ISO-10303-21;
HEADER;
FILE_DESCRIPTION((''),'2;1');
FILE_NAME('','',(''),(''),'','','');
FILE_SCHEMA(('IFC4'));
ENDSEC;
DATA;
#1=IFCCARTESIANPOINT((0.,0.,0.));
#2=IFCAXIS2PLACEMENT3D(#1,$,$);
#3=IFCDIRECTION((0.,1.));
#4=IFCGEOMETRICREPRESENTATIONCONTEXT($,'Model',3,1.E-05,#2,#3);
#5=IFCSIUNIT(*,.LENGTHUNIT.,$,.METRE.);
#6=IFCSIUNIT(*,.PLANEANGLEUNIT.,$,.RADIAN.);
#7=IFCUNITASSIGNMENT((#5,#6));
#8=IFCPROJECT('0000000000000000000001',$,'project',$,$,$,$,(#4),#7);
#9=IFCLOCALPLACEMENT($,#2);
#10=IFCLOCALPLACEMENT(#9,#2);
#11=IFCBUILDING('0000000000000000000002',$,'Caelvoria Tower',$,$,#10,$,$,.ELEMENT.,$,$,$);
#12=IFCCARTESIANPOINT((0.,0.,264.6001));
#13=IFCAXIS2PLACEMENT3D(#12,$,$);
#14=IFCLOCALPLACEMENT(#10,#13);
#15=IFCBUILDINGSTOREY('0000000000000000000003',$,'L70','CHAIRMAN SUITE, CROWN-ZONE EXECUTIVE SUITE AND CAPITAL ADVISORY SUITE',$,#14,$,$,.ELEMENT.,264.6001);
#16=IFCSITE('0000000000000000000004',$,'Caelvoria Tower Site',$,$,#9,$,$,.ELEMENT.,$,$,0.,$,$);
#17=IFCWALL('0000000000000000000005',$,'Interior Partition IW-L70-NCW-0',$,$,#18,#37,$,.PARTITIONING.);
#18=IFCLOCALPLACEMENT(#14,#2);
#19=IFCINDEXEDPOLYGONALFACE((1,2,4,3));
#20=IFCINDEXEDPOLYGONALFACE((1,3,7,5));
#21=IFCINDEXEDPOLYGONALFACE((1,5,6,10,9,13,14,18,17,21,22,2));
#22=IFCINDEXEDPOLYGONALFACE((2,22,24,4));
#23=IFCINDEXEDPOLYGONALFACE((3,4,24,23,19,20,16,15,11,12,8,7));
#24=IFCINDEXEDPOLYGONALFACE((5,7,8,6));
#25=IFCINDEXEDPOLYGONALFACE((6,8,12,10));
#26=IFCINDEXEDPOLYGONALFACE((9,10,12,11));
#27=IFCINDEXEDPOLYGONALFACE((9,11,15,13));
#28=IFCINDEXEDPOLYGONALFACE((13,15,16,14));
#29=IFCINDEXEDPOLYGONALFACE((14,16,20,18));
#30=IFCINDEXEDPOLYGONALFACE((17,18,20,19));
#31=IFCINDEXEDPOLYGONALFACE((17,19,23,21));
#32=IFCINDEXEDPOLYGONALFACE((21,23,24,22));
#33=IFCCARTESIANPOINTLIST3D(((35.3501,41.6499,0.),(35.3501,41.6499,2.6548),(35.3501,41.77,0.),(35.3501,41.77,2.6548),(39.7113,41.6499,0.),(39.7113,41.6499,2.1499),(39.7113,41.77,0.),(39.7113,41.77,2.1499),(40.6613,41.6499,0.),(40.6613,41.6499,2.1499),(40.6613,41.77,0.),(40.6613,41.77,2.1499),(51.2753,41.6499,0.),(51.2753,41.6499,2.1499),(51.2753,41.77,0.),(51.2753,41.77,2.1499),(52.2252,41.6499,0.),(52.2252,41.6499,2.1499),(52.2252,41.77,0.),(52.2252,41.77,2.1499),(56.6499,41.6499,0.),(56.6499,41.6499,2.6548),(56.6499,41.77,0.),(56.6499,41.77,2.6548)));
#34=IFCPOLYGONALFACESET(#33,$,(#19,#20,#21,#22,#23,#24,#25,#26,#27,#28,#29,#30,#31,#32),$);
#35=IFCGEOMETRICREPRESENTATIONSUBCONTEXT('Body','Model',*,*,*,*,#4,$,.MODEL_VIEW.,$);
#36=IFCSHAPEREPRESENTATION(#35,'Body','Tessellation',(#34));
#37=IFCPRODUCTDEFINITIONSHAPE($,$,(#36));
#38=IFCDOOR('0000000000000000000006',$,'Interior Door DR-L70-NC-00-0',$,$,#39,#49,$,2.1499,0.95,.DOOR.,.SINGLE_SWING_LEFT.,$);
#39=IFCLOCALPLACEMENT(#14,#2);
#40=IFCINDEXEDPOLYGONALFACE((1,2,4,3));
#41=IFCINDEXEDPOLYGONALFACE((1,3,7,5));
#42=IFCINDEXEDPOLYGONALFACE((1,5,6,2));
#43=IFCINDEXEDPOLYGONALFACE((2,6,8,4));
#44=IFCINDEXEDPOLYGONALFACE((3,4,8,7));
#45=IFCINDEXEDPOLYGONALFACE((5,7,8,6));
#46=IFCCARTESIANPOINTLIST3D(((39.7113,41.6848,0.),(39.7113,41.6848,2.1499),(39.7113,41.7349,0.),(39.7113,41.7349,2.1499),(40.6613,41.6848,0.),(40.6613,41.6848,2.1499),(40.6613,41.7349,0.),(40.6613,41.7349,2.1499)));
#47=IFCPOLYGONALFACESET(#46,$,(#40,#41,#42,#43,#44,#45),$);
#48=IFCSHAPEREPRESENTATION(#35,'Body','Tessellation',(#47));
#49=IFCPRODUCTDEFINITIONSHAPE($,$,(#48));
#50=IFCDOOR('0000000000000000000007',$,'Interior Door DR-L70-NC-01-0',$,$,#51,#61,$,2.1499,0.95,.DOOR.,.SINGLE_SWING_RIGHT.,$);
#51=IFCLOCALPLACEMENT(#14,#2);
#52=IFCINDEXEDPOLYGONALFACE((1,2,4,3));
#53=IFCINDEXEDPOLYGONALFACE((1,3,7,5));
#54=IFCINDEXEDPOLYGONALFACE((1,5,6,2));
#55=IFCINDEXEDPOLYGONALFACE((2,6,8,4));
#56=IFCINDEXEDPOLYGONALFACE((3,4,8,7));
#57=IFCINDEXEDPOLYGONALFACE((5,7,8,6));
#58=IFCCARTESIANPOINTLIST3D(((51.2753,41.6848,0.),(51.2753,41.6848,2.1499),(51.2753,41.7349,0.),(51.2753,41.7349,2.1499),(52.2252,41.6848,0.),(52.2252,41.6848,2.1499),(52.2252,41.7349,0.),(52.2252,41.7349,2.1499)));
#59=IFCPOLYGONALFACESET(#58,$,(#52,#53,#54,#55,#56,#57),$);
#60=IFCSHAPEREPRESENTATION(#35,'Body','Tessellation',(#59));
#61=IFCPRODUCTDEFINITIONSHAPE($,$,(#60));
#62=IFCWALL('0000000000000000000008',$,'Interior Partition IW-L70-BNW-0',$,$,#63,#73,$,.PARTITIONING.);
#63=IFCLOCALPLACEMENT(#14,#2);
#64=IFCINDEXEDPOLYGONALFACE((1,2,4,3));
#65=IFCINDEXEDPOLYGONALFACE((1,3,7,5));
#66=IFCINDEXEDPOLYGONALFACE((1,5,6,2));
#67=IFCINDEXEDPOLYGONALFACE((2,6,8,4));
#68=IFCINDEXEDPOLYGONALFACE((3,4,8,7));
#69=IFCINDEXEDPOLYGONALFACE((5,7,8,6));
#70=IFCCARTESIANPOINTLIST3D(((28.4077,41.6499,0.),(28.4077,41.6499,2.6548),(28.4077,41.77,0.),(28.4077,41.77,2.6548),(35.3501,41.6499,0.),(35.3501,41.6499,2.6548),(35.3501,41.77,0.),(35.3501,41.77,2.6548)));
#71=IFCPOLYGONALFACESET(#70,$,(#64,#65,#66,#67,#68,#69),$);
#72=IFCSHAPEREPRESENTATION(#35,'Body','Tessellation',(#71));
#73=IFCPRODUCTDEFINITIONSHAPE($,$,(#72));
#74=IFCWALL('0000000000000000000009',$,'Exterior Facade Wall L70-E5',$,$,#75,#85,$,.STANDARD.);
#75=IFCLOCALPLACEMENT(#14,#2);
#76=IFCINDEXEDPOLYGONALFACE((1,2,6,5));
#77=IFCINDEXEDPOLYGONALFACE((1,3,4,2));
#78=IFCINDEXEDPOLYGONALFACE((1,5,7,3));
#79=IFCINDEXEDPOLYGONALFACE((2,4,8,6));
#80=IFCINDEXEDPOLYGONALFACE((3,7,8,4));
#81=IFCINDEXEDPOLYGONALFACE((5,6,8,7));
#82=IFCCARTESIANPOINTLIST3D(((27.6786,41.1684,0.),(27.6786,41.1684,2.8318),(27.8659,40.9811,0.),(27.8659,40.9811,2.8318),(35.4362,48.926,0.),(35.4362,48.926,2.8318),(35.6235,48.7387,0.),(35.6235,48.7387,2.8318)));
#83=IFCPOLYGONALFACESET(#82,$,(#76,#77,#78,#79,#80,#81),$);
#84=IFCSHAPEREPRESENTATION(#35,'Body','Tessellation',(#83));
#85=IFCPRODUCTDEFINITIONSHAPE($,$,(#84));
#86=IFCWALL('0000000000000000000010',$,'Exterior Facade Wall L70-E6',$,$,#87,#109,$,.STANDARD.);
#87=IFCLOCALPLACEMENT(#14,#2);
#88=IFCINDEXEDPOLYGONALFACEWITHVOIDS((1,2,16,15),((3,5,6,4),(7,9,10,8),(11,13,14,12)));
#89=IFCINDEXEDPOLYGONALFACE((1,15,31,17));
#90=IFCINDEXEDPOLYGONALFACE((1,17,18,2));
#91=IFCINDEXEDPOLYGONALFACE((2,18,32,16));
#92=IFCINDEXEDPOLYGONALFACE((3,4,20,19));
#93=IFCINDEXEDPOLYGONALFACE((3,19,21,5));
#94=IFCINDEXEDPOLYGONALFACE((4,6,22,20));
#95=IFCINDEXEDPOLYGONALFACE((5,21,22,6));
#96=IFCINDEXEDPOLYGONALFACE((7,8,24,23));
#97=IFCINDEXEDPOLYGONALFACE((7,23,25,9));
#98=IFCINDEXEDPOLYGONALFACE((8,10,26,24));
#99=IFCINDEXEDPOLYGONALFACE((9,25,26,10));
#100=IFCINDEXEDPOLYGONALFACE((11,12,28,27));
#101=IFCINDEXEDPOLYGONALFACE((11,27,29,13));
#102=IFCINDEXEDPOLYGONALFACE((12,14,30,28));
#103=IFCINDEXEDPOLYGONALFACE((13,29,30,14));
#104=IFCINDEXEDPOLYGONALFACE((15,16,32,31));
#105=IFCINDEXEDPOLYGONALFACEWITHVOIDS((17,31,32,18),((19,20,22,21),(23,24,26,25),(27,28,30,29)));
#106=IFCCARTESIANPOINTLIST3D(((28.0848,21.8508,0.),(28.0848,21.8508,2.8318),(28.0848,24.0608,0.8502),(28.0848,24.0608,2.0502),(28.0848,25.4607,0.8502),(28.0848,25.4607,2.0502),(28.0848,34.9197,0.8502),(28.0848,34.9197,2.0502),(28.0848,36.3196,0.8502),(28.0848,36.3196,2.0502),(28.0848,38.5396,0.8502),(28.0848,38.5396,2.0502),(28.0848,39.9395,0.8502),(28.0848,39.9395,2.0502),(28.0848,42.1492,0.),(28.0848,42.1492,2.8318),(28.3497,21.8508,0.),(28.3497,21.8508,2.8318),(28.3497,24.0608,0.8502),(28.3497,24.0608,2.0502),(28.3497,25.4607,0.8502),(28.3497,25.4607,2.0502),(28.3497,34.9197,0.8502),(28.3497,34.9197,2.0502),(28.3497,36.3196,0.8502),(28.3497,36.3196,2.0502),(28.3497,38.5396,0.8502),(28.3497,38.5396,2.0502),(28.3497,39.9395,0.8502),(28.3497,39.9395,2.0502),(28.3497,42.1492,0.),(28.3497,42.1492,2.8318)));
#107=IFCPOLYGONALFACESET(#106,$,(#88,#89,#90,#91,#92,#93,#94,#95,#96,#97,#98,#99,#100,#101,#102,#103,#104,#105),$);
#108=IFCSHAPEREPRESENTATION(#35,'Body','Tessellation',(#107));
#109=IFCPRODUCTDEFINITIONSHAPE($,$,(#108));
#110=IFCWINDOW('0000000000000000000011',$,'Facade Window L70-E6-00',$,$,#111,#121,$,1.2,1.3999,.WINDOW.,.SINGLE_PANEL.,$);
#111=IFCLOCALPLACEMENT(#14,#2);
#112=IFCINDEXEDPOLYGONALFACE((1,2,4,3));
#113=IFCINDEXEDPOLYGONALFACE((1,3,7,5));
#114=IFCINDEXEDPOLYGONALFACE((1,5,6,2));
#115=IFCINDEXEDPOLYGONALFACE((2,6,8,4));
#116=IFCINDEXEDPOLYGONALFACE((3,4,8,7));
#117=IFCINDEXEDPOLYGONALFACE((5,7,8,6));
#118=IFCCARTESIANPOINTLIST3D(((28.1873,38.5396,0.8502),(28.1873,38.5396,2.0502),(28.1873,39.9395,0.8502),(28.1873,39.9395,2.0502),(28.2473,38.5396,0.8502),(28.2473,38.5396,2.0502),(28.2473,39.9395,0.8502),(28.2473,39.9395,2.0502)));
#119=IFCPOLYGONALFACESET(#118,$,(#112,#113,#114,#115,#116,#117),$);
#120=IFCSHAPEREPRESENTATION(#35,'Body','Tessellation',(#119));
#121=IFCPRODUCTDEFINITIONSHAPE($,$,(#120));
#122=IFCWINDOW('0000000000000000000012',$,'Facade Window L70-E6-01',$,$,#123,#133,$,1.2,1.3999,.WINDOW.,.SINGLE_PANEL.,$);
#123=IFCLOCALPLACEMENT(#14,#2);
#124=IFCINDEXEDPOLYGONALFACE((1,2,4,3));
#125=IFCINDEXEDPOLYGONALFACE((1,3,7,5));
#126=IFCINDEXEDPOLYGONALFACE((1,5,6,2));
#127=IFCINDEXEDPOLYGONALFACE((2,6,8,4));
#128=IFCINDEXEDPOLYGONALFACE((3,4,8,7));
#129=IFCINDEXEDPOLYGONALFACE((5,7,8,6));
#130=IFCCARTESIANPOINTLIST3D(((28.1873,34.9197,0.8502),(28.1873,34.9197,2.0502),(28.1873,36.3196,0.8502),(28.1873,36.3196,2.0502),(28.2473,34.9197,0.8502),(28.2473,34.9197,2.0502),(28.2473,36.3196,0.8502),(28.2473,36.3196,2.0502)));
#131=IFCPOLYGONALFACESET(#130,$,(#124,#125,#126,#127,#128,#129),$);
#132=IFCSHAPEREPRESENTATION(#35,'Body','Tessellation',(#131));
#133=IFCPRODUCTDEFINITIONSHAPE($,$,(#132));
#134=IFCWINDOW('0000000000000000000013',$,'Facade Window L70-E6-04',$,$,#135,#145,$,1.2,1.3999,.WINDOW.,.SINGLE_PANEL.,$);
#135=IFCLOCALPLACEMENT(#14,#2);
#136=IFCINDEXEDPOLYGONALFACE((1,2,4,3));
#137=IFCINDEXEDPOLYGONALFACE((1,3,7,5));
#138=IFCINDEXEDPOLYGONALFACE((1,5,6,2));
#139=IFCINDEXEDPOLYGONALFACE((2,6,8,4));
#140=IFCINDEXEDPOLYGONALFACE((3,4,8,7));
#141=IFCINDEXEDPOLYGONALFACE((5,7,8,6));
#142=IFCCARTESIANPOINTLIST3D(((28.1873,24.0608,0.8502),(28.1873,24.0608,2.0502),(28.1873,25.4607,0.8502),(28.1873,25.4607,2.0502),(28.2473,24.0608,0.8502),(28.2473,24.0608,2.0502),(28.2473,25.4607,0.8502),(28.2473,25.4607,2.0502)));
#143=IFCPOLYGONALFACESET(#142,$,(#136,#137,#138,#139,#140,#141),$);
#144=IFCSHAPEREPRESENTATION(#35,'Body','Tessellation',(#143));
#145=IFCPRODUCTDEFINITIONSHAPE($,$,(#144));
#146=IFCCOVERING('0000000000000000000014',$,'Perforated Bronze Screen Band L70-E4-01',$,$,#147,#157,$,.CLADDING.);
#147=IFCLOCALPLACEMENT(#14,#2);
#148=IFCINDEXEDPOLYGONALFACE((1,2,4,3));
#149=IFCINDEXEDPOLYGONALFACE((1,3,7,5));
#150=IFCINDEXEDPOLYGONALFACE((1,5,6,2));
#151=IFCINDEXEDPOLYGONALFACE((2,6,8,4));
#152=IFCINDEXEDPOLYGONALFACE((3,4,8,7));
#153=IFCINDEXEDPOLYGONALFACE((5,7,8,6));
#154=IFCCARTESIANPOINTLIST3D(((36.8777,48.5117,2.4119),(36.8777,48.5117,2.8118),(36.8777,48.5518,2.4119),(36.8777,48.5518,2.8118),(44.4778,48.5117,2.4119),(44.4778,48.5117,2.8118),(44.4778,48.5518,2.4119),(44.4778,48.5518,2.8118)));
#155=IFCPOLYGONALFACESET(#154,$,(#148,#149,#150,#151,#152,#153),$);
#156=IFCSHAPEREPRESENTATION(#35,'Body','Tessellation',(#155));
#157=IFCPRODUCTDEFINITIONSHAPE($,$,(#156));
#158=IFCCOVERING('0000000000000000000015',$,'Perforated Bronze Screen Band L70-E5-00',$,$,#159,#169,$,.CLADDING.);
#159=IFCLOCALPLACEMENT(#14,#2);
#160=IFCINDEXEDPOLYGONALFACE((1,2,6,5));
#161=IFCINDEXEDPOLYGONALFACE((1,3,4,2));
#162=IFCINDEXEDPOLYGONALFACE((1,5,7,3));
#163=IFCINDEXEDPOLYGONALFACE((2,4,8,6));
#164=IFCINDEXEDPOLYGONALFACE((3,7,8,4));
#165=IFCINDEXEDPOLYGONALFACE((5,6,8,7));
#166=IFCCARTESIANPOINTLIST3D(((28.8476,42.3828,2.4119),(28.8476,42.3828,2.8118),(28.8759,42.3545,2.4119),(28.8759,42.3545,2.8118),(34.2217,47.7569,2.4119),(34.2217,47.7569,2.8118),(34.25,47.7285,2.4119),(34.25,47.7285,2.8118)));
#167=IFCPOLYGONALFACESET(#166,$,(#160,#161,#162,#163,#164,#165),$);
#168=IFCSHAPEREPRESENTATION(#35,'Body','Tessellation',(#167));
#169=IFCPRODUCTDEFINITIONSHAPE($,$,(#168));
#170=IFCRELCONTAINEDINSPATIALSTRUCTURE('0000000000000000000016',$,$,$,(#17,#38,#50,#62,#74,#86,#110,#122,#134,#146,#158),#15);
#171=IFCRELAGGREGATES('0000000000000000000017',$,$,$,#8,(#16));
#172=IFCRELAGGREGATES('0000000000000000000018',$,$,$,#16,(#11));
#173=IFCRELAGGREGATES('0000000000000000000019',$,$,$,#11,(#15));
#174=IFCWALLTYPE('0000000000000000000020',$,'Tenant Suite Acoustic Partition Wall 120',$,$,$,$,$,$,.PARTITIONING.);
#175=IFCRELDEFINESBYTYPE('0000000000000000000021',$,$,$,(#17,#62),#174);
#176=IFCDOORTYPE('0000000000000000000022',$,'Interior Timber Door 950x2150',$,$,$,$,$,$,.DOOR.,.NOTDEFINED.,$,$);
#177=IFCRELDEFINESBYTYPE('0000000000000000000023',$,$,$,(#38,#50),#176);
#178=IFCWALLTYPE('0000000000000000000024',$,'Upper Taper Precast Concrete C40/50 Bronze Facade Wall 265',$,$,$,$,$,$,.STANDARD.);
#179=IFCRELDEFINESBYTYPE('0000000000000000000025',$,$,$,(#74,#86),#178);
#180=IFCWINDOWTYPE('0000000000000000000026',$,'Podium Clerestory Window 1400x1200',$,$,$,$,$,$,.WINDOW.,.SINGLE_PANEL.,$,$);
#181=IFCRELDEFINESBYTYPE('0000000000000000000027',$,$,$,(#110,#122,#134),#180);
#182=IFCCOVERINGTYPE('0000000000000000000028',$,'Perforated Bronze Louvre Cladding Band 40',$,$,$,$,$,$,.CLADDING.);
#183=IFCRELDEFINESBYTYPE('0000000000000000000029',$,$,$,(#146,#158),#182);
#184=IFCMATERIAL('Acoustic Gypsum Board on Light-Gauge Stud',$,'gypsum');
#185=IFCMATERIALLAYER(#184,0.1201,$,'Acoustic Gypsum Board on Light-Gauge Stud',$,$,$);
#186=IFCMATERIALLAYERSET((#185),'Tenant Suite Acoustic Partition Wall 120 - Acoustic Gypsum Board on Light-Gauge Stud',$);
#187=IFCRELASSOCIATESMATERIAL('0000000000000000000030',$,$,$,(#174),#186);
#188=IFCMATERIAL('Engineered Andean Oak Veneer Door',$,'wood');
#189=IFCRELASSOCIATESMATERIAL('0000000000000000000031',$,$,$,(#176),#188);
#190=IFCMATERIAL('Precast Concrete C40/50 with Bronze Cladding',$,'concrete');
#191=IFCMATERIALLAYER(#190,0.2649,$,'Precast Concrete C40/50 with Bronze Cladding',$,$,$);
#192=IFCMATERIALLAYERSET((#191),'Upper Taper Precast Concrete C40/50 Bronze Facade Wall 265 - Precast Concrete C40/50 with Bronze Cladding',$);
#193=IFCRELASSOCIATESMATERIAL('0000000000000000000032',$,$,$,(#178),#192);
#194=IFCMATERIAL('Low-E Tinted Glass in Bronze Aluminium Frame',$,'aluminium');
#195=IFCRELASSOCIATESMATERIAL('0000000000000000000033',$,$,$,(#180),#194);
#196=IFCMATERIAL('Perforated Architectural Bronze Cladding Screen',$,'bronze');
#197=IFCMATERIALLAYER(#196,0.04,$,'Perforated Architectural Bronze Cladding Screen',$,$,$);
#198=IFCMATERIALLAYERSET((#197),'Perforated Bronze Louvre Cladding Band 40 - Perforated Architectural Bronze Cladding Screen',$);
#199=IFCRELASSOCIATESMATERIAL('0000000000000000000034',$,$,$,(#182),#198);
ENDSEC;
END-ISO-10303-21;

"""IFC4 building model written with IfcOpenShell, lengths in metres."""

from ifc_helpers import new_model, si_unit, direction, frame, frame_2d, origin, origin_2d, place, context, subcontext, project, spatial, rectangle, extrude, material, layer, layer_set, type_object, element, fill, save


model = new_model("IFC4")

# Units and contexts
model_context = context("Model", 3, precision=1e-05, world=origin(), true_north=direction((0.0, 1.0)))
body_context = subcontext(model_context, "Body", "Model", "MODEL_VIEW")
ifc_project = project(units=[si_unit("LENGTHUNIT", "METRE"), si_unit("PLANEANGLEUNIT", "RADIAN")], contexts=[model_context])

# Site, building, storey
site_placement = place(None, origin())
site = spatial("IfcSite", under=ifc_project, at=site_placement, Name="Caelvoria Tower Site", CompositionType="ELEMENT", RefElevation=0.0)
building_placement = place(site_placement, origin())
building = spatial("IfcBuilding", under=site, at=building_placement, Name="Caelvoria Tower", CompositionType="ELEMENT")
storey_placement = place(building_placement, frame((0.0, 0.0, 264.6001)))
storey = spatial("IfcBuildingStorey", under=building, at=storey_placement, Name="L70", Description="CHAIRMAN SUITE, CROWN-ZONE EXECUTIVE SUITE AND CAPITAL ADVISORY SUITE", CompositionType="ELEMENT", Elevation=264.6001)

# Shared definitions
ifc_material_1 = material(Name="Acoustic Gypsum Board on Light-Gauge Stud", Category="gypsum")
ifc_layer_1 = layer(ifc_material_1, 0.1201, Name="Acoustic Gypsum Board on Light-Gauge Stud")
ifc_layer_set_1 = layer_set([ifc_layer_1], Name="Tenant Suite Acoustic Partition Wall 120 - Acoustic Gypsum Board on Light-Gauge Stud")
wall_type_1 = type_object("IfcWallType", Name="Tenant Suite Acoustic Partition Wall 120", PredefinedType="PARTITIONING", material=ifc_layer_set_1)
ifc_material_2 = material(Name="Engineered Andean Oak Veneer Door", Category="wood")

# Wall, openings, doors
wall_1_placement = place(storey_placement, frame((35.3501, 41.71, 0.0), z_axis=(0.0, 0.0, 1.0), x_axis=(1.0, 0.0, 0.0)))
wall_1 = element("IfcWall", 1, at=wall_1_placement, inside=storey, type_object=wall_type_1, Name="Interior Partition IW-L70-NCW-0", PredefinedType="PARTITIONING", context=body_context, shape_type="SweptSolid", body=[
    extrude(rectangle(XDim=21.2998, YDim=0.1201, at=frame_2d((10.6499, 0.0))), origin(), (0.0, 0.0, 1.0), 2.6548),
])
opening_1_placement = place(wall_1_placement, frame((4.3611, 0.0, 0.0)))
opening_1 = element("IfcOpeningElement", 2, at=opening_1_placement, cuts=wall_1, PredefinedType="OPENING", context=body_context, shape_type="SweptSolid", body=[
    extrude(rectangle(XDim=0.95, YDim=2.1499, at=frame_2d((0.4751, 1.075))), frame((0.0, 0.0701, 0.0), z_axis=(0.0, -1.0, 0.0), x_axis=(1.0, 0.0, 0.0)), (0.0, 0.0, 1.0), 0.1401),
])
opening_2_placement = place(wall_1_placement, frame((15.925, 0.0, 0.0)))
opening_2 = element("IfcOpeningElement", 3, at=opening_2_placement, cuts=wall_1, PredefinedType="OPENING", context=body_context, shape_type="SweptSolid", body=[
    extrude(rectangle(XDim=0.95, YDim=2.1499, at=frame_2d((0.4751, 1.075))), frame((0.0, 0.0701, 0.0), z_axis=(0.0, -1.0, 0.0), x_axis=(1.0, 0.0, 0.0)), (0.0, 0.0, 1.0), 0.1401),
])
door_type_1 = type_object("IfcDoorType", Name="Interior Timber Door 950x2150", OperationType="NOTDEFINED", PredefinedType="DOOR", material=ifc_material_2)
door_1_placement = place(opening_1_placement, origin())
door_1 = element("IfcDoor", 4, at=door_1_placement, inside=storey, type_object=door_type_1, Name="Interior Door DR-L70-NC-00-0", OperationType="SINGLE_SWING_LEFT", OverallHeight=2.1499, OverallWidth=0.95, PredefinedType="DOOR", context=body_context, shape_type="SweptSolid", body=[
    extrude(rectangle(XDim=0.95, YDim=2.1499, at=frame_2d((0.4751, 1.075))), frame((0.0, 0.0249, 0.0), z_axis=(0.0, -1.0, 0.0), x_axis=(1.0, 0.0, 0.0)), (0.0, 0.0, 1.0), 0.05),
])
fill(opening_1, door_1)
door_2_placement = place(opening_2_placement, origin())
door_2 = element("IfcDoor", 5, at=door_2_placement, inside=storey, type_object=door_type_1, Name="Interior Door DR-L70-NC-01-0", OperationType="SINGLE_SWING_RIGHT", OverallHeight=2.1499, OverallWidth=0.95, PredefinedType="DOOR", context=body_context, shape_type="SweptSolid", body=[
    extrude(rectangle(XDim=0.95, YDim=2.1499, at=frame_2d((0.4751, 1.075))), frame((0.0, 0.0249, 0.0), z_axis=(0.0, -1.0, 0.0), x_axis=(1.0, 0.0, 0.0)), (0.0, 0.0, 1.0), 0.05),
])
fill(opening_2, door_2)

# Walls
wall_2_placement = place(storey_placement, frame((35.3501, 41.71, 0.0), z_axis=(0.0, 0.0, 1.0), x_axis=(-1.0, 0.0, 0.0)))
element("IfcWall", 6, at=wall_2_placement, inside=storey, type_object=wall_type_1, Name="Interior Partition IW-L70-BNW-0", PredefinedType="PARTITIONING", context=body_context, shape_type="SweptSolid", body=[
    extrude(rectangle(XDim=6.9424, YDim=0.1201, at=frame_2d((3.4712, 0.0))), origin(), (0.0, 0.0, 1.0), 2.6548),
])
ifc_material_3 = material(Name="Precast Concrete C40/50 with Bronze Cladding", Category="concrete")
ifc_layer_2 = layer(ifc_material_3, 0.2649, Name="Precast Concrete C40/50 with Bronze Cladding")
ifc_layer_set_2 = layer_set([ifc_layer_2], Name="Upper Taper Precast Concrete C40/50 Bronze Facade Wall 265 - Precast Concrete C40/50 with Bronze Cladding")
wall_type_2 = type_object("IfcWallType", Name="Upper Taper Precast Concrete C40/50 Bronze Facade Wall 265", PredefinedType="STANDARD", material=ifc_layer_set_2)
wall_3_placement = place(storey_placement, frame((35.5298, 48.8323, 0.0), z_axis=(0.0, 0.0, 1.0), x_axis=(-0.707107, -0.707107, 0.0)))
element("IfcWall", 7, at=wall_3_placement, inside=storey, type_object=wall_type_2, Name="Exterior Facade Wall L70-E5", PredefinedType="STANDARD", context=body_context, shape_type="SweptSolid", body=[
    extrude(rectangle(XDim=10.9709, YDim=0.2649, at=frame_2d((5.4854, 0.0))), origin(), (0.0, 0.0, 1.0), 2.8318),
])

# Wall, openings, windows
wall_4_placement = place(storey_placement, frame((28.2173, 42.1492, 0.0), z_axis=(0.0, 0.0, 1.0), x_axis=(0.0, -1.0, 0.0)))
wall_4 = element("IfcWall", 8, at=wall_4_placement, inside=storey, type_object=wall_type_2, Name="Exterior Facade Wall L70-E6", PredefinedType="STANDARD", context=body_context, shape_type="SweptSolid", body=[
    extrude(rectangle(XDim=20.2983, YDim=0.2649, at=frame_2d((10.1492, 0.0))), origin(), (0.0, 0.0, 1.0), 2.8318),
])
opening_3_placement = place(wall_4_placement, frame((2.2097, 0.0, 0.8501)))
opening_3 = element("IfcOpeningElement", 9, at=opening_3_placement, cuts=wall_4, PredefinedType="OPENING", context=body_context, shape_type="SweptSolid", body=[
    extrude(rectangle(XDim=1.3999, YDim=1.2, at=frame_2d((0.7, 0.6001))), frame((0.0, 0.1423, 0.0), z_axis=(0.0, -1.0, 0.0), x_axis=(1.0, 0.0, 0.0)), (0.0, 0.0, 1.0), 0.2849),
])
opening_4_placement = place(wall_4_placement, frame((5.8296, 0.0, 0.8501)))
opening_4 = element("IfcOpeningElement", 10, at=opening_4_placement, cuts=wall_4, PredefinedType="OPENING", context=body_context, shape_type="SweptSolid", body=[
    extrude(rectangle(XDim=1.3999, YDim=1.2, at=frame_2d((0.7, 0.6001))), frame((0.0, 0.1423, 0.0), z_axis=(0.0, -1.0, 0.0), x_axis=(1.0, 0.0, 0.0)), (0.0, 0.0, 1.0), 0.2849),
])
opening_5_placement = place(wall_4_placement, frame((16.6885, 0.0, 0.8501)))
opening_5 = element("IfcOpeningElement", 11, at=opening_5_placement, cuts=wall_4, PredefinedType="OPENING", context=body_context, shape_type="SweptSolid", body=[
    extrude(rectangle(XDim=1.3999, YDim=1.2, at=frame_2d((0.7, 0.6001))), frame((0.0, 0.1423, 0.0), z_axis=(0.0, -1.0, 0.0), x_axis=(1.0, 0.0, 0.0)), (0.0, 0.0, 1.0), 0.2849),
])
ifc_material_4 = material(Name="Low-E Tinted Glass in Bronze Aluminium Frame", Category="aluminium")
window_type = type_object("IfcWindowType", Name="Podium Clerestory Window 1400x1200", PartitioningType="SINGLE_PANEL", PredefinedType="WINDOW", material=ifc_material_4)
window_1_placement = place(opening_3_placement, origin())
window_1 = element("IfcWindow", 12, at=window_1_placement, inside=storey, type_object=window_type, Name="Facade Window L70-E6-00", OverallHeight=1.2, OverallWidth=1.3999, PartitioningType="SINGLE_PANEL", PredefinedType="WINDOW", context=body_context, shape_type="SweptSolid", body=[
    extrude(rectangle(XDim=1.3999, YDim=1.2, at=frame_2d((0.7, 0.6001))), frame((0.0, 0.03, 0.0), z_axis=(0.0, -1.0, 0.0), x_axis=(1.0, 0.0, 0.0)), (0.0, 0.0, 1.0), 0.0601),
])
fill(opening_3, window_1)
window_2_placement = place(opening_4_placement, origin())
window_2 = element("IfcWindow", 13, at=window_2_placement, inside=storey, type_object=window_type, Name="Facade Window L70-E6-01", OverallHeight=1.2, OverallWidth=1.3999, PartitioningType="SINGLE_PANEL", PredefinedType="WINDOW", context=body_context, shape_type="SweptSolid", body=[
    extrude(rectangle(XDim=1.3999, YDim=1.2, at=frame_2d((0.7, 0.6001))), frame((0.0, 0.03, 0.0), z_axis=(0.0, -1.0, 0.0), x_axis=(1.0, 0.0, 0.0)), (0.0, 0.0, 1.0), 0.0601),
])
fill(opening_4, window_2)
window_3_placement = place(opening_5_placement, origin())
window_3 = element("IfcWindow", 14, at=window_3_placement, inside=storey, type_object=window_type, Name="Facade Window L70-E6-04", OverallHeight=1.2, OverallWidth=1.3999, PartitioningType="SINGLE_PANEL", PredefinedType="WINDOW", context=body_context, shape_type="SweptSolid", body=[
    extrude(rectangle(XDim=1.3999, YDim=1.2, at=frame_2d((0.7, 0.6001))), frame((0.0, 0.03, 0.0), z_axis=(0.0, -1.0, 0.0), x_axis=(1.0, 0.0, 0.0)), (0.0, 0.0, 1.0), 0.0601),
])
fill(opening_5, window_3)

# Coverings
ifc_material_5 = material(Name="Perforated Architectural Bronze Cladding Screen", Category="bronze")
ifc_layer_3 = layer(ifc_material_5, 0.04, Name="Perforated Architectural Bronze Cladding Screen")
ifc_layer_set_3 = layer_set([ifc_layer_3], Name="Perforated Bronze Louvre Cladding Band 40 - Perforated Architectural Bronze Cladding Screen")
covering_type = type_object("IfcCoveringType", Name="Perforated Bronze Louvre Cladding Band 40", PredefinedType="CLADDING", material=ifc_layer_set_3)
for number, where, z_axis, x_axis, name in (
    (15, (40.6777, 48.5317, 2.4119), (0.0, 0.0, 1.0), (-1.0, 0.0, 0.0), "Perforated Bronze Screen Band L70-E4-01"),
    (16, (31.5488, 45.0557, 2.4119), (0.0, 0.0, 1.0), (-0.707107, -0.707107, 0.0), "Perforated Bronze Screen Band L70-E5-00"),
):
    element("IfcCovering", number, at=place(storey_placement, frame(where, z_axis=z_axis, x_axis=x_axis)), inside=storey, type_object=covering_type, Name=name, PredefinedType="CLADDING", context=body_context, shape_type="SweptSolid", body=[
        extrude(rectangle(XDim=7.6001, YDim=0.04, at=origin_2d()), origin(), (0.0, 0.0, 1.0), 0.3999),
    ])

save(model, "model.ifc")
